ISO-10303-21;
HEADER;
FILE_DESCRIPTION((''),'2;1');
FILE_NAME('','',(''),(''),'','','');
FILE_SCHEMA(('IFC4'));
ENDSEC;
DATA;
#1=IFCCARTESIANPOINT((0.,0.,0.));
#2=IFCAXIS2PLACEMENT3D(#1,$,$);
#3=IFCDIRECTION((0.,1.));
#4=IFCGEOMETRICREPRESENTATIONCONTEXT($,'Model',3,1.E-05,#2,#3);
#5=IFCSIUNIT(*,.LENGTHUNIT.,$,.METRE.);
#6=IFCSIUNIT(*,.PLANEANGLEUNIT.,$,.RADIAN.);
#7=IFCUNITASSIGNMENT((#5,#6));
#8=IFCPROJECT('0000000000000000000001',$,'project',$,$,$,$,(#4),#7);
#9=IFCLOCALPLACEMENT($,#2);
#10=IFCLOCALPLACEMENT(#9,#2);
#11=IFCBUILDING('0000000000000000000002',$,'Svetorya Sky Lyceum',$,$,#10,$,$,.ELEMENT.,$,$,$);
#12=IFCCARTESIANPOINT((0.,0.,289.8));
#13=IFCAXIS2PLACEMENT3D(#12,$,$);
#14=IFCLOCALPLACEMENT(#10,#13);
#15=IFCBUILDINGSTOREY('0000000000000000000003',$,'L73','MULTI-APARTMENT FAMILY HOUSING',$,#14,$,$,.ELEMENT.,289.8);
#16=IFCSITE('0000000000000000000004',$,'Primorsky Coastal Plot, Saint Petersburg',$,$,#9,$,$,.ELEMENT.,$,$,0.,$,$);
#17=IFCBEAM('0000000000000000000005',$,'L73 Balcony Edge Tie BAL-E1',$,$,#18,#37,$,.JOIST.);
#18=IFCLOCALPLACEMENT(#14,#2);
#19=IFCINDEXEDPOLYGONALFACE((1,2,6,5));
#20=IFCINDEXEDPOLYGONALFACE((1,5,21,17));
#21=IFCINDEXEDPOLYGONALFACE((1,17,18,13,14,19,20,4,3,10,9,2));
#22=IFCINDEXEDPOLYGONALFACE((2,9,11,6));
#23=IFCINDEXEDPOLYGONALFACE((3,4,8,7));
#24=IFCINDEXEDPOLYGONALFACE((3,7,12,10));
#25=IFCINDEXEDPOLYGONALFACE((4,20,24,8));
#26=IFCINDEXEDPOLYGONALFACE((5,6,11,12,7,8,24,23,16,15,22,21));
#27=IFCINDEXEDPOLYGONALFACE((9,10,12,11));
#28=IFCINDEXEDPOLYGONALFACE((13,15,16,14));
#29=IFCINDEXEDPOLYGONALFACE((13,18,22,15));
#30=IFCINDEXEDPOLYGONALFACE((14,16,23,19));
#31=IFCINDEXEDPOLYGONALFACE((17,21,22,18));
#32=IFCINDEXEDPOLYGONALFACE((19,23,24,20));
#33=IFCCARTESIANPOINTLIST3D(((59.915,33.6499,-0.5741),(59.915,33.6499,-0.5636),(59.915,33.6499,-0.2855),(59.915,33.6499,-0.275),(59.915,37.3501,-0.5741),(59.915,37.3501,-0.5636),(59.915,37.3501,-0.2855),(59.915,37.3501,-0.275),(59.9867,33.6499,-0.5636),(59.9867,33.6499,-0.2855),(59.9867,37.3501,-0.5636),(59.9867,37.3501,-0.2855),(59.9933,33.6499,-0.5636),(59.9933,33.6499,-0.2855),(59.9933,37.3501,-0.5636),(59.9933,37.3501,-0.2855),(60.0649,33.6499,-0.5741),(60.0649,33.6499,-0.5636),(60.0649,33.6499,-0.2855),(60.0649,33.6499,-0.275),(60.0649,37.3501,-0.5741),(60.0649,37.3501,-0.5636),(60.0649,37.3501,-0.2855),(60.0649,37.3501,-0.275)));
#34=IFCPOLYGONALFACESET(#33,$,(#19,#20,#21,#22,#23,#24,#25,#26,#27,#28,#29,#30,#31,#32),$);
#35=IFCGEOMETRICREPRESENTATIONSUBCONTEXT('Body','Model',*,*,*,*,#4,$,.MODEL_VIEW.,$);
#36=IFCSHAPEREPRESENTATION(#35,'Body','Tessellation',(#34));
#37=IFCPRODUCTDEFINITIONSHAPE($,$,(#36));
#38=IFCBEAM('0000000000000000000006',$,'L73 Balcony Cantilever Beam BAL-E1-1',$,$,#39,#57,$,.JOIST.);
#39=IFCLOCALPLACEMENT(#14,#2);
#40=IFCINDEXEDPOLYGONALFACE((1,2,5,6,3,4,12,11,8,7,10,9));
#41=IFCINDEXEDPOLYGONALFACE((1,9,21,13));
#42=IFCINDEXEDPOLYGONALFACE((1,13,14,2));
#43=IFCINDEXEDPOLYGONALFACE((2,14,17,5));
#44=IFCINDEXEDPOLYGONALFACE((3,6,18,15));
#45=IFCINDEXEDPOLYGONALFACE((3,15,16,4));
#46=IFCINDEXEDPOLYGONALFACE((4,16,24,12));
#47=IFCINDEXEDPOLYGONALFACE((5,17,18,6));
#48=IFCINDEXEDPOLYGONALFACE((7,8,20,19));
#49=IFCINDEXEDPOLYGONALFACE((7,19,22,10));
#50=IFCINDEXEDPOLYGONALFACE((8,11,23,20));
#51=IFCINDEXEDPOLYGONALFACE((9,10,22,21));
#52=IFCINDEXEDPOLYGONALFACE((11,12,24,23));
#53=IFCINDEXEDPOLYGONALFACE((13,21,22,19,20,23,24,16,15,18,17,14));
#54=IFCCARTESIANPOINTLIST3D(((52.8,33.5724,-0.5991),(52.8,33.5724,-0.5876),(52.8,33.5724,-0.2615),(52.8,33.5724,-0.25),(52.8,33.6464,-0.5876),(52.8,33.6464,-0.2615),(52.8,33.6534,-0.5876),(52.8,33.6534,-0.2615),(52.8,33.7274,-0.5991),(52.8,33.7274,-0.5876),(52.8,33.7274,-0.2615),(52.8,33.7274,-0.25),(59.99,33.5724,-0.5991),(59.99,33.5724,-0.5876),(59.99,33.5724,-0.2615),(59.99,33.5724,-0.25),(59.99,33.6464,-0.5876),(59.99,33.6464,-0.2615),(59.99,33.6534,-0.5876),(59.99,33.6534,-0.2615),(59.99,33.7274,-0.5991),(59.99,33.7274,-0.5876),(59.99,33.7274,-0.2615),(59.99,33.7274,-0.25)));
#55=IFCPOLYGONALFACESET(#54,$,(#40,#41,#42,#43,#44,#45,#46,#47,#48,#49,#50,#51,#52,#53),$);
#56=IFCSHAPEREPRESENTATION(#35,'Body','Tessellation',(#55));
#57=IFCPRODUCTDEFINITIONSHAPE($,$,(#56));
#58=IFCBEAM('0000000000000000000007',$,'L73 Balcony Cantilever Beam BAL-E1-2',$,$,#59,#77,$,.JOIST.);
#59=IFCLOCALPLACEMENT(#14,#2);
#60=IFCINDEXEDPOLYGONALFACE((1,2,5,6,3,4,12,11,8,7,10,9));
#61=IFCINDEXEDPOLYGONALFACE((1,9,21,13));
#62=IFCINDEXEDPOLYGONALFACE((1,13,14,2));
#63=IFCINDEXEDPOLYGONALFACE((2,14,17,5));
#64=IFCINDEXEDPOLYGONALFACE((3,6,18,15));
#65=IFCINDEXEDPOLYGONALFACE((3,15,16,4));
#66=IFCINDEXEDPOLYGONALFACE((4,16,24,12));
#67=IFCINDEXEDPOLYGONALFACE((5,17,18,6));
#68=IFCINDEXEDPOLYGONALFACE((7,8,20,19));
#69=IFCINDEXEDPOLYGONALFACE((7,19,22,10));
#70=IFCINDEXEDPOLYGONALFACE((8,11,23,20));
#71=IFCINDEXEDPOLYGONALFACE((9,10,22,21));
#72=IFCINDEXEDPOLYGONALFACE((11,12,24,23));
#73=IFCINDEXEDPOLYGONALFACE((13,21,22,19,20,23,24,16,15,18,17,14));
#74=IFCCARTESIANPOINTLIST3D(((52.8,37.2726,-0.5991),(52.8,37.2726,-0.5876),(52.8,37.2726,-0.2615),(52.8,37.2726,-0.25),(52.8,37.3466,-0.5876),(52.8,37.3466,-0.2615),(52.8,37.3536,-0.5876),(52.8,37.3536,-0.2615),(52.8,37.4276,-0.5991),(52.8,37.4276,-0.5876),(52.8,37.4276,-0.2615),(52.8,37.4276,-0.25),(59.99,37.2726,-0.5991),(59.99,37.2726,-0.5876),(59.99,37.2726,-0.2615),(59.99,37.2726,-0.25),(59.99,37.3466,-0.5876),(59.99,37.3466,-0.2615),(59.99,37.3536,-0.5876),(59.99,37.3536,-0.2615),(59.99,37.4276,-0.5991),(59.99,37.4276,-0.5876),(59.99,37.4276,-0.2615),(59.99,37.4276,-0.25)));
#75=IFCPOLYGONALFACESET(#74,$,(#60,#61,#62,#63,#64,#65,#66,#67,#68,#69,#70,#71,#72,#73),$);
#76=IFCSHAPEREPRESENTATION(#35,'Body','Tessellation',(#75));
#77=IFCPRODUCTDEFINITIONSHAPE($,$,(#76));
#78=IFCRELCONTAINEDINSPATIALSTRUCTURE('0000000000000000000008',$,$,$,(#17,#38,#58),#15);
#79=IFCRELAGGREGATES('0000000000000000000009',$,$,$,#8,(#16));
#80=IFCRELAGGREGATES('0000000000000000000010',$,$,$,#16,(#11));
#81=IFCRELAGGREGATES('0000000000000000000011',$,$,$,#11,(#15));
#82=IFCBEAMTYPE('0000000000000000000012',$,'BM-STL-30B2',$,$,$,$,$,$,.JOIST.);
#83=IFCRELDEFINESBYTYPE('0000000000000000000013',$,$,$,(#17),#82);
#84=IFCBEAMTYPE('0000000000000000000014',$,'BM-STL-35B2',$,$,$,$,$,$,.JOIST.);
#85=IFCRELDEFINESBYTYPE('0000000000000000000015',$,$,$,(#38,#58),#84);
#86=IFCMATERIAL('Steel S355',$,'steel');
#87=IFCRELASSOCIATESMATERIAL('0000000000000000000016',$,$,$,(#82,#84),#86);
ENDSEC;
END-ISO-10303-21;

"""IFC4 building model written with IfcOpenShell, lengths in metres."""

from ifc_helpers import new_model, si_unit, direction, frame, origin, origin_2d, place, context, subcontext, project, spatial, i_section, extrude, material, material_profile, profile_set, type_object, element, save


model = new_model("IFC4")

# Units and contexts
model_context = context("Model", 3, precision=1e-05, world=origin(), true_north=direction((0.0, 1.0)))
body_context = subcontext(model_context, "Body", "Model", "MODEL_VIEW")
ifc_project = project(units=[si_unit("LENGTHUNIT", "METRE"), si_unit("PLANEANGLEUNIT", "RADIAN")], contexts=[model_context])

# Site, building, storey
site_placement = place(None, origin())
site = spatial("IfcSite", under=ifc_project, at=site_placement, Name="Primorsky Coastal Plot, Saint Petersburg", CompositionType="ELEMENT", RefElevation=0.0)
building_placement = place(site_placement, origin())
building = spatial("IfcBuilding", under=site, at=building_placement, Name="Svetorya Sky Lyceum", CompositionType="ELEMENT")
storey_placement = place(building_placement, frame((0.0, 0.0, 289.8)))
storey = spatial("IfcBuildingStorey", under=building, at=storey_placement, Name="L73", Description="MULTI-APARTMENT FAMILY HOUSING", CompositionType="ELEMENT", Elevation=289.8)

# Beams
ifc_material_1 = material(Name="Steel S355", Category="steel")
ifc_material_profile_1 = material_profile(ifc_material_1, i_section(OverallWidth=0.1499, OverallDepth=0.2991, WebThickness=0.0066, FlangeThickness=0.0105, at=origin_2d()), Name="GOST 30B2")
ifc_profile_set_1 = profile_set([ifc_material_profile_1], Name="Steel S355")
beam_type_1 = type_object("IfcBeamType", Name="BM-STL-30B2", PredefinedType="JOIST", material=ifc_profile_set_1)
beam_placement = place(storey_placement, frame((59.99, 33.6499, -0.4246), z_axis=(0.0, 1.0, 0.0), x_axis=(-1.0, 0.0, 0.0)))
element("IfcBeam", 1, at=beam_placement, inside=storey, type_object=beam_type_1, Name="L73 Balcony Edge Tie BAL-E1", PredefinedType="JOIST", context=body_context, shape_type="SweptSolid", body=[
    extrude(i_section(OverallWidth=0.1499, OverallDepth=0.2991, WebThickness=0.0066, FlangeThickness=0.0105, at=origin_2d()), origin(), (0.0, 0.0, 1.0), 3.7002),
])
ifc_material_profile_2 = material_profile(ifc_material_1, i_section(OverallWidth=0.155, OverallDepth=0.3491, WebThickness=0.0071, FlangeThickness=0.0115, at=origin_2d()), Name="GOST 35B2")
ifc_profile_set_2 = profile_set([ifc_material_profile_2], Name="Steel S355")
beam_type_2 = type_object("IfcBeamType", Name="BM-STL-35B2", PredefinedType="JOIST", material=ifc_profile_set_2)
for number, where, z_axis, x_axis, name in (
    (2, (52.8, 33.6499, -0.4246), (1.0, 0.0, 0.0), (0.0, 1.0, 0.0), "L73 Balcony Cantilever Beam BAL-E1-1"),
    (3, (52.8, 37.3501, -0.4246), (1.0, 0.0, 0.0), (0.0, 1.0, 0.0), "L73 Balcony Cantilever Beam BAL-E1-2"),
):
    element("IfcBeam", number, at=place(storey_placement, frame(where, z_axis=z_axis, x_axis=x_axis)), inside=storey, type_object=beam_type_2, Name=name, PredefinedType="JOIST", context=body_context, shape_type="SweptSolid", body=[
        extrude(i_section(OverallWidth=0.155, OverallDepth=0.3491, WebThickness=0.0071, FlangeThickness=0.0115, at=origin_2d()), origin(), (0.0, 0.0, 1.0), 7.1899),
    ])

save(model, "model.ifc")
